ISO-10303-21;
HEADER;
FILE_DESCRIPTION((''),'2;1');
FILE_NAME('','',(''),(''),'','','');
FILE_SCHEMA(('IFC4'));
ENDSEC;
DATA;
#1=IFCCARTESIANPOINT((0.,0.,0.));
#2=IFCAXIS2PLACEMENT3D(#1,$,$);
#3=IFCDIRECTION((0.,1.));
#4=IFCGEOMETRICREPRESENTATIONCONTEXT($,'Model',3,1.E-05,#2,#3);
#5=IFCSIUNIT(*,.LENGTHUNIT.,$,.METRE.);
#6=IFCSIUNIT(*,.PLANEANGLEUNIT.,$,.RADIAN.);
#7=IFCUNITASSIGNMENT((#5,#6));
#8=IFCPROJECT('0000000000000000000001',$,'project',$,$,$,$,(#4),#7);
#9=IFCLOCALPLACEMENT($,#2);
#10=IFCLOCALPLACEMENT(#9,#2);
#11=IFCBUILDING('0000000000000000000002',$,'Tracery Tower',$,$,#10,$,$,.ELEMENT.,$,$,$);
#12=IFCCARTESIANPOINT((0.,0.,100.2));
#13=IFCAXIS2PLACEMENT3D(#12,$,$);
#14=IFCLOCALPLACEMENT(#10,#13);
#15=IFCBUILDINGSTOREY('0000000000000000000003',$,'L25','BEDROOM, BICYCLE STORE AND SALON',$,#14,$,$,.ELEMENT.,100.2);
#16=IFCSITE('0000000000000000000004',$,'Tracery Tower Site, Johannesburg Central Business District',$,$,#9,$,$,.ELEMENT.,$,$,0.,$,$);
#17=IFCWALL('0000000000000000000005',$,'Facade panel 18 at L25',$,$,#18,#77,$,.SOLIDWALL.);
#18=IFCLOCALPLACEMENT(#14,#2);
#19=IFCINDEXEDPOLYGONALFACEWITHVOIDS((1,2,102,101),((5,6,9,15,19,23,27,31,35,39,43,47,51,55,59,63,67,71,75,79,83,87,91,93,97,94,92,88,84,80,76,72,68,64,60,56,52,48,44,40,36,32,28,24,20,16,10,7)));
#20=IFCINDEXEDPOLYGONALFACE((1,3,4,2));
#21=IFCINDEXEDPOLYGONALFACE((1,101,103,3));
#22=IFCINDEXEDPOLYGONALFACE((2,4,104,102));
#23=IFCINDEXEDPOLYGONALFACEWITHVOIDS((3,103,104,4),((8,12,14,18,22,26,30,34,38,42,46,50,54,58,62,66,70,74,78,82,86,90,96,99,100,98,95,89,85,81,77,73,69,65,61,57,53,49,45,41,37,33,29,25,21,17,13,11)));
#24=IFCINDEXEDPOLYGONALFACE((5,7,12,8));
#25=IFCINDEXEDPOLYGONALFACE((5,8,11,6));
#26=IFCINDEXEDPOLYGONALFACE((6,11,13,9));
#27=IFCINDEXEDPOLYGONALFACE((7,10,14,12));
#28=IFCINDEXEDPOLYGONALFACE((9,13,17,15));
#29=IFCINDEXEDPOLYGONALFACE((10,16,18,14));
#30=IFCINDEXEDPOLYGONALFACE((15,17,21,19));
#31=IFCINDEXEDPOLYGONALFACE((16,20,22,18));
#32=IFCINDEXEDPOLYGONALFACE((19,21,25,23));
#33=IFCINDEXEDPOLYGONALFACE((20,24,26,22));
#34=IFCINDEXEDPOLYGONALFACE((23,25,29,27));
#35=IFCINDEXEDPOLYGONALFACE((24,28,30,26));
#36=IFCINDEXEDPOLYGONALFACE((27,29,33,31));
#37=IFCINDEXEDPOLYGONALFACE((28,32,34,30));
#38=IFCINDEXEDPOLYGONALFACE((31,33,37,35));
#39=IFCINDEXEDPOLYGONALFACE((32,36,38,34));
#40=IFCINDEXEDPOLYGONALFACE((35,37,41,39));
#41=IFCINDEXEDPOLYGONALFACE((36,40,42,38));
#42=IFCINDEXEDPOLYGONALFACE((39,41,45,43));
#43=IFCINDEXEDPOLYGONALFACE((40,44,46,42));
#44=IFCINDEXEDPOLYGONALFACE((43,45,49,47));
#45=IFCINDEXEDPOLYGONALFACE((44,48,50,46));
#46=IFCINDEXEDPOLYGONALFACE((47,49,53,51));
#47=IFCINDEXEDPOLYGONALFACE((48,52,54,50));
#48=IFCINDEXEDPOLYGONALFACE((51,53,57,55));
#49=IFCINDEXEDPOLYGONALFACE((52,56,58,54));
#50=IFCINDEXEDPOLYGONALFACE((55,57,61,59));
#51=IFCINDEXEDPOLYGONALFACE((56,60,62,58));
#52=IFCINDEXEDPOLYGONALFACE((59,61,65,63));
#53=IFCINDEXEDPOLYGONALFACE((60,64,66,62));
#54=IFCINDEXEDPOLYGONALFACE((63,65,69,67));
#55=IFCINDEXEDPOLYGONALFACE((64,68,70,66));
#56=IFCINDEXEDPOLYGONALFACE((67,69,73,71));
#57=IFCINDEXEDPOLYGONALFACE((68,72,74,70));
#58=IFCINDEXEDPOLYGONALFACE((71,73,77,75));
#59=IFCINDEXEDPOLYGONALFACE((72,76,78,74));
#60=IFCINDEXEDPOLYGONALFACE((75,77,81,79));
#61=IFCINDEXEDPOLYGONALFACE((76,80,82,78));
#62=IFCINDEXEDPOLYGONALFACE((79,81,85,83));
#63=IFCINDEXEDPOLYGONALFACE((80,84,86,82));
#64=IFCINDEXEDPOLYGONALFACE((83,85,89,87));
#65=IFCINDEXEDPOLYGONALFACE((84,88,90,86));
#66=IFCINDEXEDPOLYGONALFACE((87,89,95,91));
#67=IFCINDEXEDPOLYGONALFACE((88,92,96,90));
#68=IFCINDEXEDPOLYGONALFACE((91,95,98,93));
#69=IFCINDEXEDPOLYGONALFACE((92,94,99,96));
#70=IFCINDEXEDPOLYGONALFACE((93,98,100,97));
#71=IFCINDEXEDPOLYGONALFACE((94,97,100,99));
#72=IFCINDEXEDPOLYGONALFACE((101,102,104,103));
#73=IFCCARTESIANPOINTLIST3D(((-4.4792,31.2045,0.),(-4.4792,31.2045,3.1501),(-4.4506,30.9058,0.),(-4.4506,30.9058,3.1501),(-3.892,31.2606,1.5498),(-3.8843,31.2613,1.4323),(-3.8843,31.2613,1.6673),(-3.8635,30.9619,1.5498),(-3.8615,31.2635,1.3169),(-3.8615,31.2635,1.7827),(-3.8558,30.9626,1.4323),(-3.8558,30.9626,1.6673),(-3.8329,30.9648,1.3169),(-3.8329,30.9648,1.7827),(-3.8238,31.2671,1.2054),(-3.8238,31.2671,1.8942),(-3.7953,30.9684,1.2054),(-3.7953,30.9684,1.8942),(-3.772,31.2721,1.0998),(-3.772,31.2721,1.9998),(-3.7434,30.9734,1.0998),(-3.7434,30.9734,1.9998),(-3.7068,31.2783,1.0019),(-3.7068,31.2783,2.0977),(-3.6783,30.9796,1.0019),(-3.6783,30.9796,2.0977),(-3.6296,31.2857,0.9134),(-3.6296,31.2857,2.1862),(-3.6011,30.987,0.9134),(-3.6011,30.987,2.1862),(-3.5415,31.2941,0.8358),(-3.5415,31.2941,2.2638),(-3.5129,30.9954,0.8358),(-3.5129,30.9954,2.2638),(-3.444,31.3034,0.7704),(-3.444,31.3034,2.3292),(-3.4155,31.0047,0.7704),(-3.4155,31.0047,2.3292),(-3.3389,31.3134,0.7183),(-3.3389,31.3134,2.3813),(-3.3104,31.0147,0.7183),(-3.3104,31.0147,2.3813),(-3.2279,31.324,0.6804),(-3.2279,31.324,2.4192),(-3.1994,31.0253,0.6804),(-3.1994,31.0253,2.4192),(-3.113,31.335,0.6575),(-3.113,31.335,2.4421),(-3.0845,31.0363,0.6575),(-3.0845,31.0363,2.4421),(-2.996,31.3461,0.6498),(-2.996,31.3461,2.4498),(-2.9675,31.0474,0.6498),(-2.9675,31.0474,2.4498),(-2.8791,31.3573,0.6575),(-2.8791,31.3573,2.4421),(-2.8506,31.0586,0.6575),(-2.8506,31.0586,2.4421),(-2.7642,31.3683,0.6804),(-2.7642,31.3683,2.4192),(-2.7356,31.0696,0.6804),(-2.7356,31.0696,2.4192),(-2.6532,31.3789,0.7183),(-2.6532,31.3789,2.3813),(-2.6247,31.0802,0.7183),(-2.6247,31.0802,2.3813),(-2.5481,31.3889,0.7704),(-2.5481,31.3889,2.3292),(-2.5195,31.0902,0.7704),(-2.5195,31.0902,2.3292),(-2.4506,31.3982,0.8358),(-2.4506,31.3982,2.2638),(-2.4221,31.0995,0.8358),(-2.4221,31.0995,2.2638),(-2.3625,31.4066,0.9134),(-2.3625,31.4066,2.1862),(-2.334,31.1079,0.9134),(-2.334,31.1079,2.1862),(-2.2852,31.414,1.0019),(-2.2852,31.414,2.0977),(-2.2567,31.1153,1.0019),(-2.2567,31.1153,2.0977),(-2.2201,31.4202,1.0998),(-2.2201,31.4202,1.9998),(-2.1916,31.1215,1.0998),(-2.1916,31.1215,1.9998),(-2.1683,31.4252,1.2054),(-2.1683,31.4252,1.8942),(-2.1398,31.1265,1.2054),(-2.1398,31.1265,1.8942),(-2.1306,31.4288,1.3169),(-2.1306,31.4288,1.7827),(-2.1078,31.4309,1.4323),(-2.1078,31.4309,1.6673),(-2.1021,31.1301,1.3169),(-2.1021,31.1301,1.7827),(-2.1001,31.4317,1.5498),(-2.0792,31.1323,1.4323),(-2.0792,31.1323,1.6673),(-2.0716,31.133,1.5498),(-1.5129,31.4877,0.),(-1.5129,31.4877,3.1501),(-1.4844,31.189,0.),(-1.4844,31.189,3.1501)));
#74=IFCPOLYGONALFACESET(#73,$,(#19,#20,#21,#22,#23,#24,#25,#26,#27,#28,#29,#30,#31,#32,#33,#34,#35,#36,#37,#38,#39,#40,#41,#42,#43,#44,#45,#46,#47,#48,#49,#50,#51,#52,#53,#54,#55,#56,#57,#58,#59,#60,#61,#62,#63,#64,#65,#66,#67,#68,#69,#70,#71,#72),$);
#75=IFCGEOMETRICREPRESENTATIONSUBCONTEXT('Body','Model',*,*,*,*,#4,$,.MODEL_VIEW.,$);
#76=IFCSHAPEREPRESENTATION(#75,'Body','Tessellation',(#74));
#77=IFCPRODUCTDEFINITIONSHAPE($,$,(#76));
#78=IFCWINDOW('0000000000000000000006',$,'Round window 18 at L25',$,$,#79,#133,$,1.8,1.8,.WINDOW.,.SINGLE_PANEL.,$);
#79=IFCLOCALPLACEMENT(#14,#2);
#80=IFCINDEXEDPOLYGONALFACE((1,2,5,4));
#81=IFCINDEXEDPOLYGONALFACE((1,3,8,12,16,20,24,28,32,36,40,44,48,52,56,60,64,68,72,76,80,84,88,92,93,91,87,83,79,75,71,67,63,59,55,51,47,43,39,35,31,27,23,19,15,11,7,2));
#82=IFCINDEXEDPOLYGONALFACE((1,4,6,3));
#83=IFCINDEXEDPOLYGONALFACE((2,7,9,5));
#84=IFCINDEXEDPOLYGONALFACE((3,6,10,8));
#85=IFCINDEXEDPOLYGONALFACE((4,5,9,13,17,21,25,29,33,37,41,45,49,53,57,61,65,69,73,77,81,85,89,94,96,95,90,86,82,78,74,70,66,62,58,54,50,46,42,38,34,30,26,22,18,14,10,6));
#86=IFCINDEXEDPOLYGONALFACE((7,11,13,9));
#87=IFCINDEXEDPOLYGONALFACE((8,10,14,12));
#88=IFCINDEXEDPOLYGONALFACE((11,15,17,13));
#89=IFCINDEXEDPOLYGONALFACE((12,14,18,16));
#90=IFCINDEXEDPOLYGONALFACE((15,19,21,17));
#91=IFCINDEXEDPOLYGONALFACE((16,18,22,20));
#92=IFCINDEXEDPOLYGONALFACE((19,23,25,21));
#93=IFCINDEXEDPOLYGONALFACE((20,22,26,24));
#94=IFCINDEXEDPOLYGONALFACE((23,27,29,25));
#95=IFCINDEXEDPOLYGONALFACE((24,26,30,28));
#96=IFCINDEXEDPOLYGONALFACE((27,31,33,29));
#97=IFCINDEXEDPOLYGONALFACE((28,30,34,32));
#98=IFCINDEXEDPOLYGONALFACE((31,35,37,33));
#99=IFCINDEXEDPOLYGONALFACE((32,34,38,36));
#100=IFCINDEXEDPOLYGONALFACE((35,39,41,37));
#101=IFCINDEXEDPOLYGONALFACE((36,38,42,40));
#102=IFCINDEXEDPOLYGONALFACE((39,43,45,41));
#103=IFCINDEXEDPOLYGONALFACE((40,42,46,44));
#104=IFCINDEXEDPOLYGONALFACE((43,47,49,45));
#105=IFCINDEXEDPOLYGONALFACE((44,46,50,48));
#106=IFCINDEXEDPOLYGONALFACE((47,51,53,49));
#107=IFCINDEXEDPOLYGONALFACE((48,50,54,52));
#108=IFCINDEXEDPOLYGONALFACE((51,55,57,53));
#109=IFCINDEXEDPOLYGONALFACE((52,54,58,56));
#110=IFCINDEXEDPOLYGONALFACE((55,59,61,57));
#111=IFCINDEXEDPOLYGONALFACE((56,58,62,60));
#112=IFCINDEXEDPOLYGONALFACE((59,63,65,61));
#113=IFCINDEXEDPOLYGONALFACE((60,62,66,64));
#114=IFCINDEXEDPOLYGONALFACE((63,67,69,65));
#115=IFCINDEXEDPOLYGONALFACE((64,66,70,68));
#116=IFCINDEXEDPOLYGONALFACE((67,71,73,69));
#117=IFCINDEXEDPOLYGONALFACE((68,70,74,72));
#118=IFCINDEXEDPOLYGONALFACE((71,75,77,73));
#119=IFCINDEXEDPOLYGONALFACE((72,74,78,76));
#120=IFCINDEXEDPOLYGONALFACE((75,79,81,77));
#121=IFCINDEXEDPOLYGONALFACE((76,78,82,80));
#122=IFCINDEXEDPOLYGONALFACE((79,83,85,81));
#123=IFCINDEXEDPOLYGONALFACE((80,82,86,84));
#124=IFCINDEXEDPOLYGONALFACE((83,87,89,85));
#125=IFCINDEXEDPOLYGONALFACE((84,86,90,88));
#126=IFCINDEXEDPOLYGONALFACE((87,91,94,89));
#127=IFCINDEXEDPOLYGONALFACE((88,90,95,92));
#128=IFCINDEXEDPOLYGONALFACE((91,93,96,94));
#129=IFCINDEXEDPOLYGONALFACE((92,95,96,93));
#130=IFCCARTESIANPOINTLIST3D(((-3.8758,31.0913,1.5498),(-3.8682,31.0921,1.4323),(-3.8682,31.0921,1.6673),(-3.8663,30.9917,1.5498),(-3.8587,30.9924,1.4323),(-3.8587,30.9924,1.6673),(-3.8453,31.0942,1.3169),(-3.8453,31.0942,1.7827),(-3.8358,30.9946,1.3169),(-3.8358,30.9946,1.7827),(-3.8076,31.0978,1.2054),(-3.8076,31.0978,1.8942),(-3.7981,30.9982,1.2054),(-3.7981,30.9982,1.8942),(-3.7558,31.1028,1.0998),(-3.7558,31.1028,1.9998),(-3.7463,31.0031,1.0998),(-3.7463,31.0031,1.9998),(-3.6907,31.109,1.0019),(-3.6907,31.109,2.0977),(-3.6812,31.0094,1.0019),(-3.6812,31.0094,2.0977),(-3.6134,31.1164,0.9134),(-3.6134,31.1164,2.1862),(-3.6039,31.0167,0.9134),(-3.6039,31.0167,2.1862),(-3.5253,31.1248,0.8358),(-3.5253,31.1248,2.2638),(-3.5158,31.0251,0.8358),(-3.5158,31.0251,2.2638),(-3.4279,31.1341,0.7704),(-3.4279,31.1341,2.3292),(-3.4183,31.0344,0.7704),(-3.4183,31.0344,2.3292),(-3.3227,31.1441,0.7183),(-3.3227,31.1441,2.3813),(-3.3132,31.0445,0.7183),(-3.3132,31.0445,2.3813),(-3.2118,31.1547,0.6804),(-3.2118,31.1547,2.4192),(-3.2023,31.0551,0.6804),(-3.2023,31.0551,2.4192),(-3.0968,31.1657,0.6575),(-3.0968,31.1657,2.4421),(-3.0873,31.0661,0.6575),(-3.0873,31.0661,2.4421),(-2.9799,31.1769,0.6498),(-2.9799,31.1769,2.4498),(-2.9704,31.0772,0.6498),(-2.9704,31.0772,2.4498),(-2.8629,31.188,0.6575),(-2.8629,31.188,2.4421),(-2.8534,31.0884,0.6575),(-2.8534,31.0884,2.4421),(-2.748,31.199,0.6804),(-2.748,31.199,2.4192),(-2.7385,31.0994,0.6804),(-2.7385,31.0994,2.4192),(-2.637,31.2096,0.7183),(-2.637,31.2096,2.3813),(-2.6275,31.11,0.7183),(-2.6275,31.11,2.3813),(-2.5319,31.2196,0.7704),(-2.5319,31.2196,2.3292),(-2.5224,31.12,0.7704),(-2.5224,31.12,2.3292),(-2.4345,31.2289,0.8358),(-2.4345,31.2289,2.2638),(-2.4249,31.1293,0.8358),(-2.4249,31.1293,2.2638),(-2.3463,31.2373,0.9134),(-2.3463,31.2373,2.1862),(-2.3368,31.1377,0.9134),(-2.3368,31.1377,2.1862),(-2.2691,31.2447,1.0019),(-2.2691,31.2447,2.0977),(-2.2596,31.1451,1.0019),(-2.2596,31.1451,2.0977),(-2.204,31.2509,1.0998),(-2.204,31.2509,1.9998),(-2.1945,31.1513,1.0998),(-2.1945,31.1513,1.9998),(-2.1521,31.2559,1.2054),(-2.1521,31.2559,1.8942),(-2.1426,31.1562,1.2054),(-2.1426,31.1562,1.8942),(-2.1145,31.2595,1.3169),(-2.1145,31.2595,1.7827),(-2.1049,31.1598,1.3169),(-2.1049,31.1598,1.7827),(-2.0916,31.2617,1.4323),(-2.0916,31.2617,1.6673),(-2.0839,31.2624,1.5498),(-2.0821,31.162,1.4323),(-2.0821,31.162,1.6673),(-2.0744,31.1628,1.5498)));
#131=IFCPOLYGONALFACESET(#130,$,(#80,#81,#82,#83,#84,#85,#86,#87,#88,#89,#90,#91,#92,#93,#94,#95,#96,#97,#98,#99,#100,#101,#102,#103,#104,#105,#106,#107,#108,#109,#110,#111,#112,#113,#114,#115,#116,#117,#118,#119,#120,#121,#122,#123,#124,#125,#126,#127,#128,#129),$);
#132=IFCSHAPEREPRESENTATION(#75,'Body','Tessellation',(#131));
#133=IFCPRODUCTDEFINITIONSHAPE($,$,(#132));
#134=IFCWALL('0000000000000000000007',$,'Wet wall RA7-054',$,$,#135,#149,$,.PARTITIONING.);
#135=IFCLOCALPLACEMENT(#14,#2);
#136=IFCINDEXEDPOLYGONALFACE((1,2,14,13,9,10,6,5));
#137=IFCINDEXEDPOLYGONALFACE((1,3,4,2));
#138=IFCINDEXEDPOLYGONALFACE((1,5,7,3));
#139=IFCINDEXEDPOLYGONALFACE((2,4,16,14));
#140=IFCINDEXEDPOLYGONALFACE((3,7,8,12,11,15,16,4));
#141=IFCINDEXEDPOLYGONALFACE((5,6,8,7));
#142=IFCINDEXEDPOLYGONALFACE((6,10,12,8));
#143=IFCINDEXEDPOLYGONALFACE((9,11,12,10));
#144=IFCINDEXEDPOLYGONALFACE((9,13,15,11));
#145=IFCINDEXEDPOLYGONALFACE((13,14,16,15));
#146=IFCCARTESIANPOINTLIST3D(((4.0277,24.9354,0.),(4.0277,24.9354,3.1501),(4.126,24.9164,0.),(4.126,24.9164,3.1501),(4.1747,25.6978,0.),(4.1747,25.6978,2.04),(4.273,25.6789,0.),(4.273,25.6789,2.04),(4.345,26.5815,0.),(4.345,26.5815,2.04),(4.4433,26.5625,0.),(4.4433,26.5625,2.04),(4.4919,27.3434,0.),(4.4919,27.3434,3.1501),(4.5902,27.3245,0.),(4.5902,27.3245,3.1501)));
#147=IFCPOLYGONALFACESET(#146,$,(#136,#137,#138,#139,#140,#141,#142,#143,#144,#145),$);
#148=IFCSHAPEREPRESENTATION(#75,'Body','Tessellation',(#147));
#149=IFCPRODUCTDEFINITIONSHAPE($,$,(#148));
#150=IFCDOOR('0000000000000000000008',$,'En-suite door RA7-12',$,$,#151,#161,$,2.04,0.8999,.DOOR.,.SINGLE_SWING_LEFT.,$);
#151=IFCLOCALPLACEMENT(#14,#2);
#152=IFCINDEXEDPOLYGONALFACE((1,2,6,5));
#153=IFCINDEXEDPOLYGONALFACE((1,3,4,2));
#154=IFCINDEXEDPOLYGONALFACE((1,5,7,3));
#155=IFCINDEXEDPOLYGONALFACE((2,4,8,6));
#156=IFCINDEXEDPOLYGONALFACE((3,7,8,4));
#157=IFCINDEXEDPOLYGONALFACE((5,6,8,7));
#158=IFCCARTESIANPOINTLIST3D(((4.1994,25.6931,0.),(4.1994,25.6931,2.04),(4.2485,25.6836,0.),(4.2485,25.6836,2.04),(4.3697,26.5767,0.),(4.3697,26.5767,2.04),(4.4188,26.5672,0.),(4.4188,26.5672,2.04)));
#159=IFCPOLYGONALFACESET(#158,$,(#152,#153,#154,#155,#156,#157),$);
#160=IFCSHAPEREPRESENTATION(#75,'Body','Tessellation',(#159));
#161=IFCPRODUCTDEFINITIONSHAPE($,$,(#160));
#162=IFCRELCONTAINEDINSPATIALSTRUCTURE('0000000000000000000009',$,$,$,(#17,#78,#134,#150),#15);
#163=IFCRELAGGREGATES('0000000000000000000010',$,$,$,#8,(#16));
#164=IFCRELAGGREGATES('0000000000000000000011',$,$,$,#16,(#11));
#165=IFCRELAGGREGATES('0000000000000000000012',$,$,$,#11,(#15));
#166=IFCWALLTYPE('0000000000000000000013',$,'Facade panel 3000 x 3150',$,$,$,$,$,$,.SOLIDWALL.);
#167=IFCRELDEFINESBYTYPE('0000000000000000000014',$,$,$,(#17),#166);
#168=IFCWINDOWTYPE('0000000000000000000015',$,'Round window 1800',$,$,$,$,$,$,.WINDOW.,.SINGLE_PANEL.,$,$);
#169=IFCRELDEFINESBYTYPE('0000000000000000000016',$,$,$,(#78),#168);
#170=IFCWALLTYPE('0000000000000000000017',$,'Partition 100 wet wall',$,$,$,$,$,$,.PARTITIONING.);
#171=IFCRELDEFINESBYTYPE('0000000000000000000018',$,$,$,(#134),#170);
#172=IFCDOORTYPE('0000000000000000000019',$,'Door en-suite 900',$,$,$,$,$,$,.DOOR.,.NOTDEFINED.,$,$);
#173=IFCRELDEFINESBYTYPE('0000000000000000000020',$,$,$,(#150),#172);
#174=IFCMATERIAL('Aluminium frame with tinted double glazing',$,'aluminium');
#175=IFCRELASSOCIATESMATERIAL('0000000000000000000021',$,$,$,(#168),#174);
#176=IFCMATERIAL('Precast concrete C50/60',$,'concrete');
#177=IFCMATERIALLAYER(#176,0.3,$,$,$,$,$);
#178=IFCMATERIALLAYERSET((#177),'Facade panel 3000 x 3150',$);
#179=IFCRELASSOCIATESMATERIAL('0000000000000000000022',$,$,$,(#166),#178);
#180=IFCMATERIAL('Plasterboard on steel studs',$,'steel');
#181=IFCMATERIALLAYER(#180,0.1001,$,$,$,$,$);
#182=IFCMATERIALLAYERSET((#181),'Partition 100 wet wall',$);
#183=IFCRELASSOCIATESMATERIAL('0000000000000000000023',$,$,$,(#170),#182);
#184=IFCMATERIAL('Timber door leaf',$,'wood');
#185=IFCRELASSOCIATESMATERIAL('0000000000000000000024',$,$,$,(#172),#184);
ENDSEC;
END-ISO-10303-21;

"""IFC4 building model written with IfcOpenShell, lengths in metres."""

from ifc_helpers import new_model, si_unit, direction, frame, frame_2d, origin, origin_2d, place, context, subcontext, project, spatial, rectangle, circle, extrude, material, layer, layer_set, type_object, element, fill, save


model = new_model("IFC4")

# Units and contexts
model_context = context("Model", 3, precision=1e-05, world=origin(), true_north=direction((0.0, 1.0)))
body_context = subcontext(model_context, "Body", "Model", "MODEL_VIEW")
ifc_project = project(units=[si_unit("LENGTHUNIT", "METRE"), si_unit("PLANEANGLEUNIT", "RADIAN")], contexts=[model_context])

# Site, building, storey
site_placement = place(None, origin())
site = spatial("IfcSite", under=ifc_project, at=site_placement, Name="Tracery Tower Site, Johannesburg Central Business District", CompositionType="ELEMENT", RefElevation=0.0)
building_placement = place(site_placement, origin())
building = spatial("IfcBuilding", under=site, at=building_placement, Name="Tracery Tower", CompositionType="ELEMENT")
storey_placement = place(building_placement, frame((0.0, 0.0, 100.2)))
storey = spatial("IfcBuildingStorey", under=building, at=storey_placement, Name="L25", Description="BEDROOM, BICYCLE STORE AND SALON", CompositionType="ELEMENT", Elevation=100.2)

# Wall, opening, window
ifc_material_1 = material(Name="Aluminium frame with tinted double glazing", Category="aluminium")
window_type = type_object("IfcWindowType", Name="Round window 1800", PartitioningType="SINGLE_PANEL", PredefinedType="WINDOW", material=ifc_material_1)
ifc_material_2 = material(Name="Precast concrete C50/60", Category="concrete")
ifc_layer_1 = layer(ifc_material_2, 0.3)
ifc_layer_set_1 = layer_set([ifc_layer_1], Name="Facade panel 3000 x 3150")
wall_type_1 = type_object("IfcWallType", Name="Facade panel 3000 x 3150", PredefinedType="SOLIDWALL", material=ifc_layer_set_1)
wall_1_placement = place(storey_placement, frame((-1.4988, 31.3384, 0.0), z_axis=(0.0, 0.0, 1.0), x_axis=(-0.995473, -0.095041, 0.0)))
wall_1 = element("IfcWall", 1, at=wall_1_placement, inside=storey, type_object=wall_type_1, Name="Facade panel 18 at L25", PredefinedType="SOLIDWALL", context=body_context, shape_type="SweptSolid", body=[
    extrude(rectangle(XDim=2.9797, YDim=0.3, at=frame_2d((1.4897, 0.0))), origin(), (0.0, 0.0, 1.0), 3.1501),
])
opening_1_placement = place(wall_1_placement, frame((1.4897, 0.0, 1.5498)))
opening_1 = element("IfcOpeningElement", 2, at=opening_1_placement, cuts=wall_1, PredefinedType="OPENING", context=body_context, shape_type="SweptSolid", body=[
    extrude(circle(Radius=0.9, at=origin_2d()), frame((0.0, 0.1599, 0.0), z_axis=(0.0, -1.0, 0.0), x_axis=(1.0, 0.0, 0.0)), (0.0, 0.0, 1.0), 0.3201),
])
window_1_placement = place(opening_1_placement, origin())
window_1 = element("IfcWindow", 3, at=window_1_placement, inside=storey, type_object=window_type, Name="Round window 18 at L25", OverallHeight=1.8, OverallWidth=1.8, PartitioningType="SINGLE_PANEL", PredefinedType="WINDOW", context=body_context, shape_type="SweptSolid", body=[
    extrude(circle(Radius=0.9, at=origin_2d()), frame((0.0, 0.1201, 0.0), z_axis=(0.0, -1.0, 0.0), x_axis=(1.0, 0.0, 0.0)), (0.0, 0.0, 1.0), 0.1001),
])
fill(opening_1, window_1)

# Wall, opening, door
ifc_material_3 = material(Name="Plasterboard on steel studs", Category="steel")
ifc_layer_2 = layer(ifc_material_3, 0.1001)
ifc_layer_set_2 = layer_set([ifc_layer_2], Name="Partition 100 wet wall")
wall_type_2 = type_object("IfcWallType", Name="Partition 100 wet wall", PredefinedType="PARTITIONING", material=ifc_layer_set_2)
wall_2_placement = place(storey_placement, frame((4.0769, 24.926, 0.0), z_axis=(0.0, 0.0, 1.0), x_axis=(0.189257, 0.981928, 0.0)))
wall_2 = element("IfcWall", 4, at=wall_2_placement, inside=storey, type_object=wall_type_2, Name="Wet wall RA7-054", PredefinedType="PARTITIONING", context=body_context, shape_type="SweptSolid", body=[
    extrude(rectangle(XDim=2.4524, YDim=0.1001, at=frame_2d((1.2261, 0.0))), origin(), (0.0, 0.0, 1.0), 3.1501),
])
opening_2_placement = place(wall_2_placement, frame((0.7764, 0.0, 0.0)))
opening_2 = element("IfcOpeningElement", 5, at=opening_2_placement, cuts=wall_2, PredefinedType="OPENING", context=body_context, shape_type="SweptSolid", body=[
    extrude(rectangle(XDim=0.8999, YDim=2.04, at=frame_2d((0.45, 1.02))), frame((0.0, 0.05, 0.0), z_axis=(0.0, -1.0, 0.0), x_axis=(1.0, 0.0, 0.0)), (0.0, 0.0, 1.0), 0.1001),
])
ifc_material_4 = material(Name="Timber door leaf", Category="wood")
door_type = type_object("IfcDoorType", Name="Door en-suite 900", OperationType="NOTDEFINED", PredefinedType="DOOR", material=ifc_material_4)
door_1_placement = place(opening_2_placement, origin())
door_1 = element("IfcDoor", 6, at=door_1_placement, inside=storey, type_object=door_type, Name="En-suite door RA7-12", OperationType="SINGLE_SWING_LEFT", OverallHeight=2.04, OverallWidth=0.8999, PredefinedType="DOOR", context=body_context, shape_type="SweptSolid", body=[
    extrude(rectangle(XDim=0.8999, YDim=2.04, at=frame_2d((0.45, 1.02))), frame((0.0, 0.0249, 0.0), z_axis=(0.0, -1.0, 0.0), x_axis=(1.0, 0.0, 0.0)), (0.0, 0.0, 1.0), 0.05),
])
fill(opening_2, door_1)

save(model, "model.ifc")
